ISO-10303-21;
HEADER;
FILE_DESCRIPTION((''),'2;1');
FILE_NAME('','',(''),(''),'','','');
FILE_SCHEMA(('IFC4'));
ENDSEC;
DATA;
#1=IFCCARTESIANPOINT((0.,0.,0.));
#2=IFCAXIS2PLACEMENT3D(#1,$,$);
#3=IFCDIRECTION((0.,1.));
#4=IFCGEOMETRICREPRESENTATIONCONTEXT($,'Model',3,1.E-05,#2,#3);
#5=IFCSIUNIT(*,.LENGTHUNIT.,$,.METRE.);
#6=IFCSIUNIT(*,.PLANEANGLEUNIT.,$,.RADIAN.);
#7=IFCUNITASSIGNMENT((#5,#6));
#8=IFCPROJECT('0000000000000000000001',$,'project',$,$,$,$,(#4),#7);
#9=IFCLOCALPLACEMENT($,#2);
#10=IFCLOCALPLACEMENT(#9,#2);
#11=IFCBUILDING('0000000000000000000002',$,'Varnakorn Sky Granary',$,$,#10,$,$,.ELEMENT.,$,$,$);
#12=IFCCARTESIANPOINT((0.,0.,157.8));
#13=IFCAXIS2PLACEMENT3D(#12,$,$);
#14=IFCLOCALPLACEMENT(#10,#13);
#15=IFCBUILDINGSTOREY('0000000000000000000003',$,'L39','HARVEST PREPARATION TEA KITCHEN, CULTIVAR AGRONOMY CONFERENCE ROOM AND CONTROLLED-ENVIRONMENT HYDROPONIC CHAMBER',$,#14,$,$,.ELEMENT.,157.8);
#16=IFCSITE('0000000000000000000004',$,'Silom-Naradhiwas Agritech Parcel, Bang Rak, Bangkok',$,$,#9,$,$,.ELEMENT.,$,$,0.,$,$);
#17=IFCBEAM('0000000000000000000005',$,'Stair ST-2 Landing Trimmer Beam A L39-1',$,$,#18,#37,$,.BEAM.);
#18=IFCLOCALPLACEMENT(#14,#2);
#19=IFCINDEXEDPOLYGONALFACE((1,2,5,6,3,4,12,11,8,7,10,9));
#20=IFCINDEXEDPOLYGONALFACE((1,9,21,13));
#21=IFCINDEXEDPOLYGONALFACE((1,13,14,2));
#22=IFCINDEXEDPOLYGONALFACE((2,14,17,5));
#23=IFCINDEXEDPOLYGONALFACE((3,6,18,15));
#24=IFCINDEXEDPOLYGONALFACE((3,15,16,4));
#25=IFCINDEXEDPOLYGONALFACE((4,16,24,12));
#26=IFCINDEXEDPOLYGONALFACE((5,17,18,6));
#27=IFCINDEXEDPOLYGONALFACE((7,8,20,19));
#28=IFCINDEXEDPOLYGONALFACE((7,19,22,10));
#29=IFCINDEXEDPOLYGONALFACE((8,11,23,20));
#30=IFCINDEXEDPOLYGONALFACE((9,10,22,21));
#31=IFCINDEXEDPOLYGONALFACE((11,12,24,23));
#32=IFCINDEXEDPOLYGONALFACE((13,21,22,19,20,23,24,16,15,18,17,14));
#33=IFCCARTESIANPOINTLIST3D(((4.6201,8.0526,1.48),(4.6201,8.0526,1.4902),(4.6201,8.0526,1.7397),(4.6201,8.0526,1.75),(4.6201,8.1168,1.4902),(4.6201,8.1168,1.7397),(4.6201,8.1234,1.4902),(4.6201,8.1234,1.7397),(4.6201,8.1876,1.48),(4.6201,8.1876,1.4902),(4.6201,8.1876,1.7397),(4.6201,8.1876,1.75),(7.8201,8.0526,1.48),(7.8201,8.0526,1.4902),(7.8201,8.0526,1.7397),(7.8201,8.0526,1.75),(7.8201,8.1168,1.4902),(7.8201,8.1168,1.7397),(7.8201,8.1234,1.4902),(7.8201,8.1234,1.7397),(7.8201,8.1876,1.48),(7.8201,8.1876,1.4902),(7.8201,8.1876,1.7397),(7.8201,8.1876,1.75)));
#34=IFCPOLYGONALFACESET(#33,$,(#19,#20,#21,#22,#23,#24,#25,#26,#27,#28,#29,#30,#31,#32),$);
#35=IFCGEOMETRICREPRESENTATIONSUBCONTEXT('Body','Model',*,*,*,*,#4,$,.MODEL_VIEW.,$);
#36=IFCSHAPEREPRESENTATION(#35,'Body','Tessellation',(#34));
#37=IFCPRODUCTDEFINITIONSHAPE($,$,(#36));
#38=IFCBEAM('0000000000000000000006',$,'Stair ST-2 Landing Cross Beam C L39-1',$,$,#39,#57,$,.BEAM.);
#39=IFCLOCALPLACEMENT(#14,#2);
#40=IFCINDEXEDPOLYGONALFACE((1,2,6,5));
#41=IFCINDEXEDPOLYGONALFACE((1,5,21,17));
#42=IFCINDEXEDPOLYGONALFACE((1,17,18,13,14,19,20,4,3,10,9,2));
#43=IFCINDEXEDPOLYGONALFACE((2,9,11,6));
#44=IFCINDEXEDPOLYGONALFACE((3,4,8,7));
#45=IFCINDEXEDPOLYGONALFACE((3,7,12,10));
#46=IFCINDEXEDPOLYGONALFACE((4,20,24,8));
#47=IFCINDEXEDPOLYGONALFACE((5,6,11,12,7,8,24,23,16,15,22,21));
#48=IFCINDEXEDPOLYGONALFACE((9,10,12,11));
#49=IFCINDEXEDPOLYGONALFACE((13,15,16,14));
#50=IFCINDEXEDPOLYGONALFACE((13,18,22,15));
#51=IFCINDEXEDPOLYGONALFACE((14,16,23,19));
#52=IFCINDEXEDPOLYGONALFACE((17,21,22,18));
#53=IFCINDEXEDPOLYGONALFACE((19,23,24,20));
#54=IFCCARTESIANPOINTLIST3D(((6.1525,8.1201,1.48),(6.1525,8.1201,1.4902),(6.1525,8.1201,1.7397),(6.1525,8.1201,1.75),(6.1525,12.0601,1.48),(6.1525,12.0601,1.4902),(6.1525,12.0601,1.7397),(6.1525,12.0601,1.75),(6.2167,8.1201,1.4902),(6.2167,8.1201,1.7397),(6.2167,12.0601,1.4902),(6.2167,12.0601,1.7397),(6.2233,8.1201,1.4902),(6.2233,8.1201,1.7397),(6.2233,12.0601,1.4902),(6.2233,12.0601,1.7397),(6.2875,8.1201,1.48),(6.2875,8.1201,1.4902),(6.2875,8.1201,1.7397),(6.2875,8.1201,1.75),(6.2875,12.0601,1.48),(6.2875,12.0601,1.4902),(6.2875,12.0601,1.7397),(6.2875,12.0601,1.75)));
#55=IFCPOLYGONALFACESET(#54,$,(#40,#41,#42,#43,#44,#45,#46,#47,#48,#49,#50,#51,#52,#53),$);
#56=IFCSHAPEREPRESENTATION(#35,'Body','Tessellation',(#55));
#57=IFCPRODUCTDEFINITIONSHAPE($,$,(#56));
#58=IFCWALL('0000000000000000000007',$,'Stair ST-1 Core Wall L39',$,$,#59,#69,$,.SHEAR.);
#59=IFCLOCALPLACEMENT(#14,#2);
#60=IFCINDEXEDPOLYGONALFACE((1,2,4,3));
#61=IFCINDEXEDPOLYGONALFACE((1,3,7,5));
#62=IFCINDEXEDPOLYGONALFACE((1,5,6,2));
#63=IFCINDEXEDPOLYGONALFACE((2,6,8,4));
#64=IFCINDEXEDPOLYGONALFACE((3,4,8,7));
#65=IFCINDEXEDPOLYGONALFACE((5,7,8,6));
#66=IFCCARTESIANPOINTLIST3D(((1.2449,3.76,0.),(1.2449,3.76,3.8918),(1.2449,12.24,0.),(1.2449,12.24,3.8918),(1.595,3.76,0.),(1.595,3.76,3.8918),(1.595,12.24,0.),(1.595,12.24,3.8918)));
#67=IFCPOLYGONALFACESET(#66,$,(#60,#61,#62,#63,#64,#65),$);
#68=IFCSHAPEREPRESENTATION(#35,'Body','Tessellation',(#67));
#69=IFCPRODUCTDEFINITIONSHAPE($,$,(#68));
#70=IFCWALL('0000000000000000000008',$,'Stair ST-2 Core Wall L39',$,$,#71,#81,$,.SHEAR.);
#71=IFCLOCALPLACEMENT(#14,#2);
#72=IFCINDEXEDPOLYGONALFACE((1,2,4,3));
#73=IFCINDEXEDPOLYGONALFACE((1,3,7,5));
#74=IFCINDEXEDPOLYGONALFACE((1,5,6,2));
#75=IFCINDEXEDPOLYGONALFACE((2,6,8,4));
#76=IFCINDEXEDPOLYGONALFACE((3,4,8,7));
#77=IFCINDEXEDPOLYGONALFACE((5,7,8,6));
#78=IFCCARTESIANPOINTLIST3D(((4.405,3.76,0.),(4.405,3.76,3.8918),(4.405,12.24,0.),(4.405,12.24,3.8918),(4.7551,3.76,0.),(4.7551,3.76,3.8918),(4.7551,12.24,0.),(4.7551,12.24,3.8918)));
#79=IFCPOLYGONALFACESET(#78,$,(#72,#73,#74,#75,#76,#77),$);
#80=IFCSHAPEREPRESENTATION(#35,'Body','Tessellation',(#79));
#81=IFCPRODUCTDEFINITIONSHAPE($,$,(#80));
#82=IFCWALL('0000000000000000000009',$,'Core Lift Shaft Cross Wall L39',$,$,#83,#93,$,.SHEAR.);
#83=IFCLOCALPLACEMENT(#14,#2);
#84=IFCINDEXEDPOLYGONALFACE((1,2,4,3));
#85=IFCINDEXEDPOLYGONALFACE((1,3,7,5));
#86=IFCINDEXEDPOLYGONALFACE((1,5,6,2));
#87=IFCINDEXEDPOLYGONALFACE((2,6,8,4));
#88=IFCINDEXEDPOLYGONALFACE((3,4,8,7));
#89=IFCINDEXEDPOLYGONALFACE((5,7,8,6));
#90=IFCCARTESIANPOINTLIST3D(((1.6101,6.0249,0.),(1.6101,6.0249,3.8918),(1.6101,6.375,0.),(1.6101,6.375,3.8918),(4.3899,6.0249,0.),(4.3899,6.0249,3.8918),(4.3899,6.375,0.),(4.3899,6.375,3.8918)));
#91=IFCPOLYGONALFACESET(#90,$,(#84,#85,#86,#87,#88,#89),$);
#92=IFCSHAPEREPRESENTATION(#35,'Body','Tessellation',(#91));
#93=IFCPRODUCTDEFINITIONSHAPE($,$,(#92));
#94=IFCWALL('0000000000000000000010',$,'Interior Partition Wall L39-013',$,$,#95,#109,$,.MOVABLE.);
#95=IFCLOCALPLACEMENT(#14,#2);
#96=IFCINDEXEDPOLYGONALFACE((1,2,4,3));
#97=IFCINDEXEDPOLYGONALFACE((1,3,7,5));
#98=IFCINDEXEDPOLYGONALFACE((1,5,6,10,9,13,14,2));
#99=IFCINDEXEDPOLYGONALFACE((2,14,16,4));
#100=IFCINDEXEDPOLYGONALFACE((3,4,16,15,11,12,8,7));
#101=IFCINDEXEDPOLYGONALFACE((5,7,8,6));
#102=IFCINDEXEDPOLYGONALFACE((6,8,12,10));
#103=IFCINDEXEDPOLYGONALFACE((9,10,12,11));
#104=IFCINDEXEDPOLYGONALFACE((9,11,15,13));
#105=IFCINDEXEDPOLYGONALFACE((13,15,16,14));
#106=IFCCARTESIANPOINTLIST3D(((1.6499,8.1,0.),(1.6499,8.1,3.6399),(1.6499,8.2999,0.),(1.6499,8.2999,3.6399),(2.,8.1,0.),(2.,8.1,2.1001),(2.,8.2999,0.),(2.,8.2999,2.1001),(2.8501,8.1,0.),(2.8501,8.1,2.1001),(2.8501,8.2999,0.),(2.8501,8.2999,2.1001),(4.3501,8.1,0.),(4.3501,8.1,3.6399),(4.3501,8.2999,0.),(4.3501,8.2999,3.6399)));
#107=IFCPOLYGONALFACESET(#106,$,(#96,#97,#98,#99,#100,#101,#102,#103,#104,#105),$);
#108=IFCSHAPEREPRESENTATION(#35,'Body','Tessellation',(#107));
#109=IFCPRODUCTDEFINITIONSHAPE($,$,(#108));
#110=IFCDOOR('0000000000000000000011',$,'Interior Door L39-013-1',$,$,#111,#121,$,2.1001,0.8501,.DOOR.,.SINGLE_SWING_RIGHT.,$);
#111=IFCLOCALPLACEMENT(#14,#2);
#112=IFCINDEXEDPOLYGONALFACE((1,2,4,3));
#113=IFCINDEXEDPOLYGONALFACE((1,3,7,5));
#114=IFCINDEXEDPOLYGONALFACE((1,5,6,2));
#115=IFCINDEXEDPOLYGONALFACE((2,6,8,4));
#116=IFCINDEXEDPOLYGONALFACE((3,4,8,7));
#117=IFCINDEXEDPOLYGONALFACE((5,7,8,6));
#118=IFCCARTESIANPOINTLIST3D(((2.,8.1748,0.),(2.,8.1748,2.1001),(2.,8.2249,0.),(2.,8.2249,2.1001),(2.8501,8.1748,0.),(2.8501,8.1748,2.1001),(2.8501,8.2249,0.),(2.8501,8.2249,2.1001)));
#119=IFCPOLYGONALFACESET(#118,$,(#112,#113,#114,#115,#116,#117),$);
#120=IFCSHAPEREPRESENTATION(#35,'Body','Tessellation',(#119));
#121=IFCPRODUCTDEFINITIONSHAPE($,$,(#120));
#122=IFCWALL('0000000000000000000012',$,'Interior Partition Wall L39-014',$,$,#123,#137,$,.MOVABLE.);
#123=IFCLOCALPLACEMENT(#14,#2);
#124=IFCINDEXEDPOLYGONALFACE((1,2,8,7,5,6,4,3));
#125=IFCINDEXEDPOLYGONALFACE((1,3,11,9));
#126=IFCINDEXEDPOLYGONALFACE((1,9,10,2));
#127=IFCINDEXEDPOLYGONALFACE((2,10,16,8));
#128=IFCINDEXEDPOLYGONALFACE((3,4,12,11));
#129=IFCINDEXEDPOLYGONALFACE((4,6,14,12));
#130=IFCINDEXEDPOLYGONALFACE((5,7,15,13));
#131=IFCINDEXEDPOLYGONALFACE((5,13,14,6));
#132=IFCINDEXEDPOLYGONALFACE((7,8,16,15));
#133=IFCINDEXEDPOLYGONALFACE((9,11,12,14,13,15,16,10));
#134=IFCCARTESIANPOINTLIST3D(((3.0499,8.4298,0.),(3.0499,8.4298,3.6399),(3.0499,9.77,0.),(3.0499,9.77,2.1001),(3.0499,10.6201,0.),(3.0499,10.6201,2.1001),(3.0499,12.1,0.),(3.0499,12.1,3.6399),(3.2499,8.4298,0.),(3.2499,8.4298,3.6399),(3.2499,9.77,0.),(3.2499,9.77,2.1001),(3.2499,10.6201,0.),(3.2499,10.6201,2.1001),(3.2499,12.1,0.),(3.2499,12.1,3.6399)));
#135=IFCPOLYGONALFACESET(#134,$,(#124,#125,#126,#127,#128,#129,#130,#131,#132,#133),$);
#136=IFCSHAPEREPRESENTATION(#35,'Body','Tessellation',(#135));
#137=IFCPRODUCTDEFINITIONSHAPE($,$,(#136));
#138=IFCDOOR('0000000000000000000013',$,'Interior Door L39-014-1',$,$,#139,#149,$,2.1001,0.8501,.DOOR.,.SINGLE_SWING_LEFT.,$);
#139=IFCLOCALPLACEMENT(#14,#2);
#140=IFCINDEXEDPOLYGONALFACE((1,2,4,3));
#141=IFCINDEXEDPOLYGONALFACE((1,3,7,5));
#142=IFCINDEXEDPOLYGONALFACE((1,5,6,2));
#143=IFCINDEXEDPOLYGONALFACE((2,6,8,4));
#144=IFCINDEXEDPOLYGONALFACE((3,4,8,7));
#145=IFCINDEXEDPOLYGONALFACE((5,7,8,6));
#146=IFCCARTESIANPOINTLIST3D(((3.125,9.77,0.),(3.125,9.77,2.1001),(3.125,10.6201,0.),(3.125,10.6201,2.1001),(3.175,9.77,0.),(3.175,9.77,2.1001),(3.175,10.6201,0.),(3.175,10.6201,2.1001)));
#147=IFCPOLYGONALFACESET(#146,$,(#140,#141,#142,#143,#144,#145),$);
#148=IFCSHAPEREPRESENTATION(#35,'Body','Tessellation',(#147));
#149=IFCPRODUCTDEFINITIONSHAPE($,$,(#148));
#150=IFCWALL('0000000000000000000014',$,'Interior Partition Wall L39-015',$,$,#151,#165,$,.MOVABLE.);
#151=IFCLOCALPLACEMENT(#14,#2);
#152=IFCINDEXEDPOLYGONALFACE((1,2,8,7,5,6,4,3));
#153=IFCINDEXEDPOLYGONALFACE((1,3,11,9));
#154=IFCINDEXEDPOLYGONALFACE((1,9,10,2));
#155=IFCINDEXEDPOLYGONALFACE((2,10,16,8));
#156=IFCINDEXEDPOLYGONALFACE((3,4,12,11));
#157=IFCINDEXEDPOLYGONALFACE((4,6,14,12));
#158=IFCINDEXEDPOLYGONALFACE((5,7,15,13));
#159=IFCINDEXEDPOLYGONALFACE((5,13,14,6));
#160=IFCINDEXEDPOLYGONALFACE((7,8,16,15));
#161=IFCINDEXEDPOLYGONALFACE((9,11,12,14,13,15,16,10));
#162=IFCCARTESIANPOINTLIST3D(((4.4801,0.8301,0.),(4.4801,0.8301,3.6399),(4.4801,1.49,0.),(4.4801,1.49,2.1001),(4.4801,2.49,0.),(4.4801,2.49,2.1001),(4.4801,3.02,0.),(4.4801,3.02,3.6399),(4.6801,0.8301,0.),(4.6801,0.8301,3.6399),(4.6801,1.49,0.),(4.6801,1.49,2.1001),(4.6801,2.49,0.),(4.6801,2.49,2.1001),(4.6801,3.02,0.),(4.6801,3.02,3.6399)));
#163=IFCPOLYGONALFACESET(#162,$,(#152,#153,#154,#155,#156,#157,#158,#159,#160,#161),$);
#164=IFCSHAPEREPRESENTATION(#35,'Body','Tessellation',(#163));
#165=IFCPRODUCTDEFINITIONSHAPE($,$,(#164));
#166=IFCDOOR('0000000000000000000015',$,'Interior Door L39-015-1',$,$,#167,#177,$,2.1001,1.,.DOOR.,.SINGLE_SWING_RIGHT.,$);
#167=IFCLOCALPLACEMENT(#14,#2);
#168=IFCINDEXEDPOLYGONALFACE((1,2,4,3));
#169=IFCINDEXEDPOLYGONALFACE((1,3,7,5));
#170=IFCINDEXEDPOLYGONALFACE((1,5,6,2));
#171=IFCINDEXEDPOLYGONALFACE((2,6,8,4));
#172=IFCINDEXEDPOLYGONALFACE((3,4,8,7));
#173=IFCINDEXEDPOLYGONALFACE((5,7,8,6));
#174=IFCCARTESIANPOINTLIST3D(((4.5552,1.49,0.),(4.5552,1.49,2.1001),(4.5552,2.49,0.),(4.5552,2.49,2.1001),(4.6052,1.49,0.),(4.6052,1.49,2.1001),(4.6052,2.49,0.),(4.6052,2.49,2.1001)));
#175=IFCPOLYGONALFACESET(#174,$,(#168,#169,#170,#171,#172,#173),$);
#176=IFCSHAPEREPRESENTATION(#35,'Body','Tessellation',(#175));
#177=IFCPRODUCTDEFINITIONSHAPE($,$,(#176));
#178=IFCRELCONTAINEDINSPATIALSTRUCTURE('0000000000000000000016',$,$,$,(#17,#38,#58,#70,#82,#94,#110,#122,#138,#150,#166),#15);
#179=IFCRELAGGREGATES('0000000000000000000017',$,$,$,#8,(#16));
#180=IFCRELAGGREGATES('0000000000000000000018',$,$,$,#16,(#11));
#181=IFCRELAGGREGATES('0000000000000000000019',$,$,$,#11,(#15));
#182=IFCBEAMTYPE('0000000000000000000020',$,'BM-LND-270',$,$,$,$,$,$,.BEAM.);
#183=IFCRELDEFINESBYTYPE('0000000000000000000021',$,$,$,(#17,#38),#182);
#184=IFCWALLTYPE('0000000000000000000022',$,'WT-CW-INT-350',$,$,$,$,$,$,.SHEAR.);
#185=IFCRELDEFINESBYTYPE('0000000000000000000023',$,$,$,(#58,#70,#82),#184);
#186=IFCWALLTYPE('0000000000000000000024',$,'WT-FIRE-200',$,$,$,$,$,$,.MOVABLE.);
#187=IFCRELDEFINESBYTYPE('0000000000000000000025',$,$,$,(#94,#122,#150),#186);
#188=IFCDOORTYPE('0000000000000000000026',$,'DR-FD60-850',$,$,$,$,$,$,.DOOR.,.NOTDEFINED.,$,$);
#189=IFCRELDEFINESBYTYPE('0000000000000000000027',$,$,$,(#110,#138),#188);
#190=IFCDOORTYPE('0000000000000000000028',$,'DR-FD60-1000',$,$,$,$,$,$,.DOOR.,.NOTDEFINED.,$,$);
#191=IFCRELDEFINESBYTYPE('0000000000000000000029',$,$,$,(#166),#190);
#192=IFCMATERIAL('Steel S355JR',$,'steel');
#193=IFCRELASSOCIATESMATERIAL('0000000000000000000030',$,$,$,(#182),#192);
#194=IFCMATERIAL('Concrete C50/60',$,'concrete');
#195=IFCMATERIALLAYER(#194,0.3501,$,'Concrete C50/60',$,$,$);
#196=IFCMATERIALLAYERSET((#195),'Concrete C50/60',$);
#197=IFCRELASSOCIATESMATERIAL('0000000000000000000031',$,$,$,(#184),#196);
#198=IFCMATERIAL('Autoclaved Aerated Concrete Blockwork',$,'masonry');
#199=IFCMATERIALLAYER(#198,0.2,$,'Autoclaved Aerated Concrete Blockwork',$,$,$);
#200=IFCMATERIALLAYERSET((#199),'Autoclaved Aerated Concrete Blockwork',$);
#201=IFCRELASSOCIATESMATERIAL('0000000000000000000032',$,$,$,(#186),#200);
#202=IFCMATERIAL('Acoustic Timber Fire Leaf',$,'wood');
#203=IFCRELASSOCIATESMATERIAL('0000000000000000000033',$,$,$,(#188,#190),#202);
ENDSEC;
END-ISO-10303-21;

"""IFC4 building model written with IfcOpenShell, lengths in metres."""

from ifc_helpers import new_model, si_unit, direction, frame, frame_2d, origin, origin_2d, place, context, subcontext, project, spatial, rectangle, i_section, extrude, material, layer, layer_set, material_profile, profile_set, type_object, element, fill, save


model = new_model("IFC4")

# Units and contexts
model_context = context("Model", 3, precision=1e-05, world=origin(), true_north=direction((0.0, 1.0)))
body_context = subcontext(model_context, "Body", "Model", "MODEL_VIEW")
ifc_project = project(units=[si_unit("LENGTHUNIT", "METRE"), si_unit("PLANEANGLEUNIT", "RADIAN")], contexts=[model_context])

# Site, building, storey
site_placement = place(None, origin())
site = spatial("IfcSite", under=ifc_project, at=site_placement, Name="Silom-Naradhiwas Agritech Parcel, Bang Rak, Bangkok", CompositionType="ELEMENT", RefElevation=0.0)
building_placement = place(site_placement, origin())
building = spatial("IfcBuilding", under=site, at=building_placement, Name="Varnakorn Sky Granary", CompositionType="ELEMENT")
storey_placement = place(building_placement, frame((0.0, 0.0, 157.8)))
storey = spatial("IfcBuildingStorey", under=building, at=storey_placement, Name="L39", Description="HARVEST PREPARATION TEA KITCHEN, CULTIVAR AGRONOMY CONFERENCE ROOM AND CONTROLLED-ENVIRONMENT HYDROPONIC CHAMBER", CompositionType="ELEMENT", Elevation=157.8)

# Beams
ifc_material_1 = material(Name="Steel S355JR", Category="steel")
ifc_material_profile = material_profile(ifc_material_1, i_section(OverallWidth=0.135, OverallDepth=0.27, WebThickness=0.0066, FlangeThickness=0.0103, at=origin_2d()), Name="IPE 270")
ifc_profile_set = profile_set([ifc_material_profile], Name="Steel S355JR")
beam_type = type_object("IfcBeamType", Name="BM-LND-270", PredefinedType="BEAM", material=ifc_profile_set)
beam_1_placement = place(storey_placement, frame((4.6201, 8.1201, 1.615), z_axis=(1.0, 0.0, 0.0), x_axis=(0.0, 1.0, 0.0)))
element("IfcBeam", 1, at=beam_1_placement, inside=storey, type_object=beam_type, Name="Stair ST-2 Landing Trimmer Beam A L39-1", PredefinedType="BEAM", context=body_context, shape_type="SweptSolid", body=[
    extrude(i_section(OverallWidth=0.135, OverallDepth=0.27, WebThickness=0.0066, FlangeThickness=0.0103, at=origin_2d()), origin(), (0.0, 0.0, 1.0), 3.2),
])
beam_2_placement = place(storey_placement, frame((6.22, 8.1201, 1.615), z_axis=(0.0, 1.0, 0.0), x_axis=(-1.0, 0.0, 0.0)))
element("IfcBeam", 2, at=beam_2_placement, inside=storey, type_object=beam_type, Name="Stair ST-2 Landing Cross Beam C L39-1", PredefinedType="BEAM", context=body_context, shape_type="SweptSolid", body=[
    extrude(i_section(OverallWidth=0.135, OverallDepth=0.27, WebThickness=0.0066, FlangeThickness=0.0103, at=origin_2d()), origin(), (0.0, 0.0, 1.0), 3.9399),
])

# Walls
ifc_material_2 = material(Name="Concrete C50/60", Category="concrete")
ifc_layer_1 = layer(ifc_material_2, 0.3501, Name="Concrete C50/60")
ifc_layer_set_1 = layer_set([ifc_layer_1], Name="Concrete C50/60")
wall_type_1 = type_object("IfcWallType", Name="WT-CW-INT-350", PredefinedType="SHEAR", material=ifc_layer_set_1)
for number, where, z_axis, x_axis, name in (
    (3, (1.4199, 3.76, 0.0), (0.0, 0.0, 1.0), (0.0, 1.0, 0.0), "Stair ST-1 Core Wall L39"),
    (4, (4.5801, 3.76, 0.0), (0.0, 0.0, 1.0), (0.0, 1.0, 0.0), "Stair ST-2 Core Wall L39"),
):
    element("IfcWall", number, at=place(storey_placement, frame(where, z_axis=z_axis, x_axis=x_axis)), inside=storey, type_object=wall_type_1, Name=name, PredefinedType="SHEAR", context=body_context, shape_type="SweptSolid", body=[
        extrude(rectangle(XDim=8.48, YDim=0.3501, at=frame_2d((4.24, 0.0))), origin(), (0.0, 0.0, 1.0), 3.8918),
    ])
wall_1_placement = place(storey_placement, frame((1.6101, 6.2, 0.0), z_axis=(0.0, 0.0, 1.0), x_axis=(1.0, 0.0, 0.0)))
element("IfcWall", 5, at=wall_1_placement, inside=storey, type_object=wall_type_1, Name="Core Lift Shaft Cross Wall L39", PredefinedType="SHEAR", context=body_context, shape_type="SweptSolid", body=[
    extrude(rectangle(XDim=2.7798, YDim=0.3501, at=frame_2d((1.3899, 0.0))), origin(), (0.0, 0.0, 1.0), 3.8918),
])

# Walls, openings, doors
ifc_material_3 = material(Name="Autoclaved Aerated Concrete Blockwork", Category="masonry")
ifc_layer_2 = layer(ifc_material_3, 0.2, Name="Autoclaved Aerated Concrete Blockwork")
ifc_layer_set_2 = layer_set([ifc_layer_2], Name="Autoclaved Aerated Concrete Blockwork")
wall_type_2 = type_object("IfcWallType", Name="WT-FIRE-200", PredefinedType="MOVABLE", material=ifc_layer_set_2)
wall_2_placement = place(storey_placement, frame((1.6499, 8.2, 0.0), z_axis=(0.0, 0.0, 1.0), x_axis=(1.0, 0.0, 0.0)))
wall_2 = element("IfcWall", 6, at=wall_2_placement, inside=storey, type_object=wall_type_2, Name="Interior Partition Wall L39-013", PredefinedType="MOVABLE", context=body_context, shape_type="SweptSolid", body=[
    extrude(rectangle(XDim=2.7002, YDim=0.2, at=frame_2d((1.3501, 0.0))), origin(), (0.0, 0.0, 1.0), 3.6399),
])
opening_1_placement = place(wall_2_placement, frame((0.3501, 0.0, 0.0)))
opening_1 = element("IfcOpeningElement", 7, at=opening_1_placement, cuts=wall_2, PredefinedType="OPENING", context=body_context, shape_type="SweptSolid", body=[
    extrude(rectangle(XDim=0.8501, YDim=2.1001, at=frame_2d((0.425, 1.05))), frame((0.0, 0.1099, 0.0), z_axis=(0.0, -1.0, 0.0), x_axis=(1.0, 0.0, 0.0)), (0.0, 0.0, 1.0), 0.22),
])
ifc_material_4 = material(Name="Acoustic Timber Fire Leaf", Category="wood")
door_type_1 = type_object("IfcDoorType", Name="DR-FD60-850", OperationType="NOTDEFINED", PredefinedType="DOOR", material=ifc_material_4)
door_1_placement = place(opening_1_placement, origin())
door_1 = element("IfcDoor", 8, at=door_1_placement, inside=storey, type_object=door_type_1, Name="Interior Door L39-013-1", OperationType="SINGLE_SWING_RIGHT", OverallHeight=2.1001, OverallWidth=0.8501, PredefinedType="DOOR", context=body_context, shape_type="SweptSolid", body=[
    extrude(rectangle(XDim=0.8501, YDim=2.1001, at=frame_2d((0.425, 1.05))), frame((0.0, 0.0249, 0.0), z_axis=(0.0, -1.0, 0.0), x_axis=(1.0, 0.0, 0.0)), (0.0, 0.0, 1.0), 0.05),
])
fill(opening_1, door_1)
wall_3_placement = place(storey_placement, frame((3.1499, 8.4299, 0.0), z_axis=(0.0, 0.0, 1.0), x_axis=(0.0, 1.0, 0.0)))
wall_3 = element("IfcWall", 9, at=wall_3_placement, inside=storey, type_object=wall_type_2, Name="Interior Partition Wall L39-014", PredefinedType="MOVABLE", context=body_context, shape_type="SweptSolid", body=[
    extrude(rectangle(XDim=3.6702, YDim=0.2, at=frame_2d((1.835, 0.0))), origin(), (0.0, 0.0, 1.0), 3.6399),
])
opening_2_placement = place(wall_3_placement, frame((1.3401, 0.0, 0.0)))
opening_2 = element("IfcOpeningElement", 10, at=opening_2_placement, cuts=wall_3, PredefinedType="OPENING", context=body_context, shape_type="SweptSolid", body=[
    extrude(rectangle(XDim=0.8501, YDim=2.1001, at=frame_2d((0.425, 1.05))), frame((0.0, 0.1099, 0.0), z_axis=(0.0, -1.0, 0.0), x_axis=(1.0, 0.0, 0.0)), (0.0, 0.0, 1.0), 0.22),
])
door_2_placement = place(opening_2_placement, origin())
door_2 = element("IfcDoor", 11, at=door_2_placement, inside=storey, type_object=door_type_1, Name="Interior Door L39-014-1", OperationType="SINGLE_SWING_LEFT", OverallHeight=2.1001, OverallWidth=0.8501, PredefinedType="DOOR", context=body_context, shape_type="SweptSolid", body=[
    extrude(rectangle(XDim=0.8501, YDim=2.1001, at=frame_2d((0.425, 1.05))), frame((0.0, 0.0249, 0.0), z_axis=(0.0, -1.0, 0.0), x_axis=(1.0, 0.0, 0.0)), (0.0, 0.0, 1.0), 0.05),
])
fill(opening_2, door_2)
wall_4_placement = place(storey_placement, frame((4.5801, 0.8301, 0.0), z_axis=(0.0, 0.0, 1.0), x_axis=(0.0, 1.0, 0.0)))
wall_4 = element("IfcWall", 12, at=wall_4_placement, inside=storey, type_object=wall_type_2, Name="Interior Partition Wall L39-015", PredefinedType="MOVABLE", context=body_context, shape_type="SweptSolid", body=[
    extrude(rectangle(XDim=2.1899, YDim=0.2, at=frame_2d((1.095, 0.0))), origin(), (0.0, 0.0, 1.0), 3.6399),
])
opening_3_placement = place(wall_4_placement, frame((0.6599, 0.0, 0.0)))
opening_3 = element("IfcOpeningElement", 13, at=opening_3_placement, cuts=wall_4, PredefinedType="OPENING", context=body_context, shape_type="SweptSolid", body=[
    extrude(rectangle(XDim=1.0, YDim=2.1001, at=frame_2d((0.5, 1.05))), frame((0.0, 0.1099, 0.0), z_axis=(0.0, -1.0, 0.0), x_axis=(1.0, 0.0, 0.0)), (0.0, 0.0, 1.0), 0.22),
])
door_type_2 = type_object("IfcDoorType", Name="DR-FD60-1000", OperationType="NOTDEFINED", PredefinedType="DOOR", material=ifc_material_4)
door_3_placement = place(opening_3_placement, origin())
door_3 = element("IfcDoor", 14, at=door_3_placement, inside=storey, type_object=door_type_2, Name="Interior Door L39-015-1", OperationType="SINGLE_SWING_RIGHT", OverallHeight=2.1001, OverallWidth=1.0, PredefinedType="DOOR", context=body_context, shape_type="SweptSolid", body=[
    extrude(rectangle(XDim=1.0, YDim=2.1001, at=frame_2d((0.5, 1.05))), frame((0.0, 0.0249, 0.0), z_axis=(0.0, -1.0, 0.0), x_axis=(1.0, 0.0, 0.0)), (0.0, 0.0, 1.0), 0.05),
])
fill(opening_3, door_3)

save(model, "model.ifc")
